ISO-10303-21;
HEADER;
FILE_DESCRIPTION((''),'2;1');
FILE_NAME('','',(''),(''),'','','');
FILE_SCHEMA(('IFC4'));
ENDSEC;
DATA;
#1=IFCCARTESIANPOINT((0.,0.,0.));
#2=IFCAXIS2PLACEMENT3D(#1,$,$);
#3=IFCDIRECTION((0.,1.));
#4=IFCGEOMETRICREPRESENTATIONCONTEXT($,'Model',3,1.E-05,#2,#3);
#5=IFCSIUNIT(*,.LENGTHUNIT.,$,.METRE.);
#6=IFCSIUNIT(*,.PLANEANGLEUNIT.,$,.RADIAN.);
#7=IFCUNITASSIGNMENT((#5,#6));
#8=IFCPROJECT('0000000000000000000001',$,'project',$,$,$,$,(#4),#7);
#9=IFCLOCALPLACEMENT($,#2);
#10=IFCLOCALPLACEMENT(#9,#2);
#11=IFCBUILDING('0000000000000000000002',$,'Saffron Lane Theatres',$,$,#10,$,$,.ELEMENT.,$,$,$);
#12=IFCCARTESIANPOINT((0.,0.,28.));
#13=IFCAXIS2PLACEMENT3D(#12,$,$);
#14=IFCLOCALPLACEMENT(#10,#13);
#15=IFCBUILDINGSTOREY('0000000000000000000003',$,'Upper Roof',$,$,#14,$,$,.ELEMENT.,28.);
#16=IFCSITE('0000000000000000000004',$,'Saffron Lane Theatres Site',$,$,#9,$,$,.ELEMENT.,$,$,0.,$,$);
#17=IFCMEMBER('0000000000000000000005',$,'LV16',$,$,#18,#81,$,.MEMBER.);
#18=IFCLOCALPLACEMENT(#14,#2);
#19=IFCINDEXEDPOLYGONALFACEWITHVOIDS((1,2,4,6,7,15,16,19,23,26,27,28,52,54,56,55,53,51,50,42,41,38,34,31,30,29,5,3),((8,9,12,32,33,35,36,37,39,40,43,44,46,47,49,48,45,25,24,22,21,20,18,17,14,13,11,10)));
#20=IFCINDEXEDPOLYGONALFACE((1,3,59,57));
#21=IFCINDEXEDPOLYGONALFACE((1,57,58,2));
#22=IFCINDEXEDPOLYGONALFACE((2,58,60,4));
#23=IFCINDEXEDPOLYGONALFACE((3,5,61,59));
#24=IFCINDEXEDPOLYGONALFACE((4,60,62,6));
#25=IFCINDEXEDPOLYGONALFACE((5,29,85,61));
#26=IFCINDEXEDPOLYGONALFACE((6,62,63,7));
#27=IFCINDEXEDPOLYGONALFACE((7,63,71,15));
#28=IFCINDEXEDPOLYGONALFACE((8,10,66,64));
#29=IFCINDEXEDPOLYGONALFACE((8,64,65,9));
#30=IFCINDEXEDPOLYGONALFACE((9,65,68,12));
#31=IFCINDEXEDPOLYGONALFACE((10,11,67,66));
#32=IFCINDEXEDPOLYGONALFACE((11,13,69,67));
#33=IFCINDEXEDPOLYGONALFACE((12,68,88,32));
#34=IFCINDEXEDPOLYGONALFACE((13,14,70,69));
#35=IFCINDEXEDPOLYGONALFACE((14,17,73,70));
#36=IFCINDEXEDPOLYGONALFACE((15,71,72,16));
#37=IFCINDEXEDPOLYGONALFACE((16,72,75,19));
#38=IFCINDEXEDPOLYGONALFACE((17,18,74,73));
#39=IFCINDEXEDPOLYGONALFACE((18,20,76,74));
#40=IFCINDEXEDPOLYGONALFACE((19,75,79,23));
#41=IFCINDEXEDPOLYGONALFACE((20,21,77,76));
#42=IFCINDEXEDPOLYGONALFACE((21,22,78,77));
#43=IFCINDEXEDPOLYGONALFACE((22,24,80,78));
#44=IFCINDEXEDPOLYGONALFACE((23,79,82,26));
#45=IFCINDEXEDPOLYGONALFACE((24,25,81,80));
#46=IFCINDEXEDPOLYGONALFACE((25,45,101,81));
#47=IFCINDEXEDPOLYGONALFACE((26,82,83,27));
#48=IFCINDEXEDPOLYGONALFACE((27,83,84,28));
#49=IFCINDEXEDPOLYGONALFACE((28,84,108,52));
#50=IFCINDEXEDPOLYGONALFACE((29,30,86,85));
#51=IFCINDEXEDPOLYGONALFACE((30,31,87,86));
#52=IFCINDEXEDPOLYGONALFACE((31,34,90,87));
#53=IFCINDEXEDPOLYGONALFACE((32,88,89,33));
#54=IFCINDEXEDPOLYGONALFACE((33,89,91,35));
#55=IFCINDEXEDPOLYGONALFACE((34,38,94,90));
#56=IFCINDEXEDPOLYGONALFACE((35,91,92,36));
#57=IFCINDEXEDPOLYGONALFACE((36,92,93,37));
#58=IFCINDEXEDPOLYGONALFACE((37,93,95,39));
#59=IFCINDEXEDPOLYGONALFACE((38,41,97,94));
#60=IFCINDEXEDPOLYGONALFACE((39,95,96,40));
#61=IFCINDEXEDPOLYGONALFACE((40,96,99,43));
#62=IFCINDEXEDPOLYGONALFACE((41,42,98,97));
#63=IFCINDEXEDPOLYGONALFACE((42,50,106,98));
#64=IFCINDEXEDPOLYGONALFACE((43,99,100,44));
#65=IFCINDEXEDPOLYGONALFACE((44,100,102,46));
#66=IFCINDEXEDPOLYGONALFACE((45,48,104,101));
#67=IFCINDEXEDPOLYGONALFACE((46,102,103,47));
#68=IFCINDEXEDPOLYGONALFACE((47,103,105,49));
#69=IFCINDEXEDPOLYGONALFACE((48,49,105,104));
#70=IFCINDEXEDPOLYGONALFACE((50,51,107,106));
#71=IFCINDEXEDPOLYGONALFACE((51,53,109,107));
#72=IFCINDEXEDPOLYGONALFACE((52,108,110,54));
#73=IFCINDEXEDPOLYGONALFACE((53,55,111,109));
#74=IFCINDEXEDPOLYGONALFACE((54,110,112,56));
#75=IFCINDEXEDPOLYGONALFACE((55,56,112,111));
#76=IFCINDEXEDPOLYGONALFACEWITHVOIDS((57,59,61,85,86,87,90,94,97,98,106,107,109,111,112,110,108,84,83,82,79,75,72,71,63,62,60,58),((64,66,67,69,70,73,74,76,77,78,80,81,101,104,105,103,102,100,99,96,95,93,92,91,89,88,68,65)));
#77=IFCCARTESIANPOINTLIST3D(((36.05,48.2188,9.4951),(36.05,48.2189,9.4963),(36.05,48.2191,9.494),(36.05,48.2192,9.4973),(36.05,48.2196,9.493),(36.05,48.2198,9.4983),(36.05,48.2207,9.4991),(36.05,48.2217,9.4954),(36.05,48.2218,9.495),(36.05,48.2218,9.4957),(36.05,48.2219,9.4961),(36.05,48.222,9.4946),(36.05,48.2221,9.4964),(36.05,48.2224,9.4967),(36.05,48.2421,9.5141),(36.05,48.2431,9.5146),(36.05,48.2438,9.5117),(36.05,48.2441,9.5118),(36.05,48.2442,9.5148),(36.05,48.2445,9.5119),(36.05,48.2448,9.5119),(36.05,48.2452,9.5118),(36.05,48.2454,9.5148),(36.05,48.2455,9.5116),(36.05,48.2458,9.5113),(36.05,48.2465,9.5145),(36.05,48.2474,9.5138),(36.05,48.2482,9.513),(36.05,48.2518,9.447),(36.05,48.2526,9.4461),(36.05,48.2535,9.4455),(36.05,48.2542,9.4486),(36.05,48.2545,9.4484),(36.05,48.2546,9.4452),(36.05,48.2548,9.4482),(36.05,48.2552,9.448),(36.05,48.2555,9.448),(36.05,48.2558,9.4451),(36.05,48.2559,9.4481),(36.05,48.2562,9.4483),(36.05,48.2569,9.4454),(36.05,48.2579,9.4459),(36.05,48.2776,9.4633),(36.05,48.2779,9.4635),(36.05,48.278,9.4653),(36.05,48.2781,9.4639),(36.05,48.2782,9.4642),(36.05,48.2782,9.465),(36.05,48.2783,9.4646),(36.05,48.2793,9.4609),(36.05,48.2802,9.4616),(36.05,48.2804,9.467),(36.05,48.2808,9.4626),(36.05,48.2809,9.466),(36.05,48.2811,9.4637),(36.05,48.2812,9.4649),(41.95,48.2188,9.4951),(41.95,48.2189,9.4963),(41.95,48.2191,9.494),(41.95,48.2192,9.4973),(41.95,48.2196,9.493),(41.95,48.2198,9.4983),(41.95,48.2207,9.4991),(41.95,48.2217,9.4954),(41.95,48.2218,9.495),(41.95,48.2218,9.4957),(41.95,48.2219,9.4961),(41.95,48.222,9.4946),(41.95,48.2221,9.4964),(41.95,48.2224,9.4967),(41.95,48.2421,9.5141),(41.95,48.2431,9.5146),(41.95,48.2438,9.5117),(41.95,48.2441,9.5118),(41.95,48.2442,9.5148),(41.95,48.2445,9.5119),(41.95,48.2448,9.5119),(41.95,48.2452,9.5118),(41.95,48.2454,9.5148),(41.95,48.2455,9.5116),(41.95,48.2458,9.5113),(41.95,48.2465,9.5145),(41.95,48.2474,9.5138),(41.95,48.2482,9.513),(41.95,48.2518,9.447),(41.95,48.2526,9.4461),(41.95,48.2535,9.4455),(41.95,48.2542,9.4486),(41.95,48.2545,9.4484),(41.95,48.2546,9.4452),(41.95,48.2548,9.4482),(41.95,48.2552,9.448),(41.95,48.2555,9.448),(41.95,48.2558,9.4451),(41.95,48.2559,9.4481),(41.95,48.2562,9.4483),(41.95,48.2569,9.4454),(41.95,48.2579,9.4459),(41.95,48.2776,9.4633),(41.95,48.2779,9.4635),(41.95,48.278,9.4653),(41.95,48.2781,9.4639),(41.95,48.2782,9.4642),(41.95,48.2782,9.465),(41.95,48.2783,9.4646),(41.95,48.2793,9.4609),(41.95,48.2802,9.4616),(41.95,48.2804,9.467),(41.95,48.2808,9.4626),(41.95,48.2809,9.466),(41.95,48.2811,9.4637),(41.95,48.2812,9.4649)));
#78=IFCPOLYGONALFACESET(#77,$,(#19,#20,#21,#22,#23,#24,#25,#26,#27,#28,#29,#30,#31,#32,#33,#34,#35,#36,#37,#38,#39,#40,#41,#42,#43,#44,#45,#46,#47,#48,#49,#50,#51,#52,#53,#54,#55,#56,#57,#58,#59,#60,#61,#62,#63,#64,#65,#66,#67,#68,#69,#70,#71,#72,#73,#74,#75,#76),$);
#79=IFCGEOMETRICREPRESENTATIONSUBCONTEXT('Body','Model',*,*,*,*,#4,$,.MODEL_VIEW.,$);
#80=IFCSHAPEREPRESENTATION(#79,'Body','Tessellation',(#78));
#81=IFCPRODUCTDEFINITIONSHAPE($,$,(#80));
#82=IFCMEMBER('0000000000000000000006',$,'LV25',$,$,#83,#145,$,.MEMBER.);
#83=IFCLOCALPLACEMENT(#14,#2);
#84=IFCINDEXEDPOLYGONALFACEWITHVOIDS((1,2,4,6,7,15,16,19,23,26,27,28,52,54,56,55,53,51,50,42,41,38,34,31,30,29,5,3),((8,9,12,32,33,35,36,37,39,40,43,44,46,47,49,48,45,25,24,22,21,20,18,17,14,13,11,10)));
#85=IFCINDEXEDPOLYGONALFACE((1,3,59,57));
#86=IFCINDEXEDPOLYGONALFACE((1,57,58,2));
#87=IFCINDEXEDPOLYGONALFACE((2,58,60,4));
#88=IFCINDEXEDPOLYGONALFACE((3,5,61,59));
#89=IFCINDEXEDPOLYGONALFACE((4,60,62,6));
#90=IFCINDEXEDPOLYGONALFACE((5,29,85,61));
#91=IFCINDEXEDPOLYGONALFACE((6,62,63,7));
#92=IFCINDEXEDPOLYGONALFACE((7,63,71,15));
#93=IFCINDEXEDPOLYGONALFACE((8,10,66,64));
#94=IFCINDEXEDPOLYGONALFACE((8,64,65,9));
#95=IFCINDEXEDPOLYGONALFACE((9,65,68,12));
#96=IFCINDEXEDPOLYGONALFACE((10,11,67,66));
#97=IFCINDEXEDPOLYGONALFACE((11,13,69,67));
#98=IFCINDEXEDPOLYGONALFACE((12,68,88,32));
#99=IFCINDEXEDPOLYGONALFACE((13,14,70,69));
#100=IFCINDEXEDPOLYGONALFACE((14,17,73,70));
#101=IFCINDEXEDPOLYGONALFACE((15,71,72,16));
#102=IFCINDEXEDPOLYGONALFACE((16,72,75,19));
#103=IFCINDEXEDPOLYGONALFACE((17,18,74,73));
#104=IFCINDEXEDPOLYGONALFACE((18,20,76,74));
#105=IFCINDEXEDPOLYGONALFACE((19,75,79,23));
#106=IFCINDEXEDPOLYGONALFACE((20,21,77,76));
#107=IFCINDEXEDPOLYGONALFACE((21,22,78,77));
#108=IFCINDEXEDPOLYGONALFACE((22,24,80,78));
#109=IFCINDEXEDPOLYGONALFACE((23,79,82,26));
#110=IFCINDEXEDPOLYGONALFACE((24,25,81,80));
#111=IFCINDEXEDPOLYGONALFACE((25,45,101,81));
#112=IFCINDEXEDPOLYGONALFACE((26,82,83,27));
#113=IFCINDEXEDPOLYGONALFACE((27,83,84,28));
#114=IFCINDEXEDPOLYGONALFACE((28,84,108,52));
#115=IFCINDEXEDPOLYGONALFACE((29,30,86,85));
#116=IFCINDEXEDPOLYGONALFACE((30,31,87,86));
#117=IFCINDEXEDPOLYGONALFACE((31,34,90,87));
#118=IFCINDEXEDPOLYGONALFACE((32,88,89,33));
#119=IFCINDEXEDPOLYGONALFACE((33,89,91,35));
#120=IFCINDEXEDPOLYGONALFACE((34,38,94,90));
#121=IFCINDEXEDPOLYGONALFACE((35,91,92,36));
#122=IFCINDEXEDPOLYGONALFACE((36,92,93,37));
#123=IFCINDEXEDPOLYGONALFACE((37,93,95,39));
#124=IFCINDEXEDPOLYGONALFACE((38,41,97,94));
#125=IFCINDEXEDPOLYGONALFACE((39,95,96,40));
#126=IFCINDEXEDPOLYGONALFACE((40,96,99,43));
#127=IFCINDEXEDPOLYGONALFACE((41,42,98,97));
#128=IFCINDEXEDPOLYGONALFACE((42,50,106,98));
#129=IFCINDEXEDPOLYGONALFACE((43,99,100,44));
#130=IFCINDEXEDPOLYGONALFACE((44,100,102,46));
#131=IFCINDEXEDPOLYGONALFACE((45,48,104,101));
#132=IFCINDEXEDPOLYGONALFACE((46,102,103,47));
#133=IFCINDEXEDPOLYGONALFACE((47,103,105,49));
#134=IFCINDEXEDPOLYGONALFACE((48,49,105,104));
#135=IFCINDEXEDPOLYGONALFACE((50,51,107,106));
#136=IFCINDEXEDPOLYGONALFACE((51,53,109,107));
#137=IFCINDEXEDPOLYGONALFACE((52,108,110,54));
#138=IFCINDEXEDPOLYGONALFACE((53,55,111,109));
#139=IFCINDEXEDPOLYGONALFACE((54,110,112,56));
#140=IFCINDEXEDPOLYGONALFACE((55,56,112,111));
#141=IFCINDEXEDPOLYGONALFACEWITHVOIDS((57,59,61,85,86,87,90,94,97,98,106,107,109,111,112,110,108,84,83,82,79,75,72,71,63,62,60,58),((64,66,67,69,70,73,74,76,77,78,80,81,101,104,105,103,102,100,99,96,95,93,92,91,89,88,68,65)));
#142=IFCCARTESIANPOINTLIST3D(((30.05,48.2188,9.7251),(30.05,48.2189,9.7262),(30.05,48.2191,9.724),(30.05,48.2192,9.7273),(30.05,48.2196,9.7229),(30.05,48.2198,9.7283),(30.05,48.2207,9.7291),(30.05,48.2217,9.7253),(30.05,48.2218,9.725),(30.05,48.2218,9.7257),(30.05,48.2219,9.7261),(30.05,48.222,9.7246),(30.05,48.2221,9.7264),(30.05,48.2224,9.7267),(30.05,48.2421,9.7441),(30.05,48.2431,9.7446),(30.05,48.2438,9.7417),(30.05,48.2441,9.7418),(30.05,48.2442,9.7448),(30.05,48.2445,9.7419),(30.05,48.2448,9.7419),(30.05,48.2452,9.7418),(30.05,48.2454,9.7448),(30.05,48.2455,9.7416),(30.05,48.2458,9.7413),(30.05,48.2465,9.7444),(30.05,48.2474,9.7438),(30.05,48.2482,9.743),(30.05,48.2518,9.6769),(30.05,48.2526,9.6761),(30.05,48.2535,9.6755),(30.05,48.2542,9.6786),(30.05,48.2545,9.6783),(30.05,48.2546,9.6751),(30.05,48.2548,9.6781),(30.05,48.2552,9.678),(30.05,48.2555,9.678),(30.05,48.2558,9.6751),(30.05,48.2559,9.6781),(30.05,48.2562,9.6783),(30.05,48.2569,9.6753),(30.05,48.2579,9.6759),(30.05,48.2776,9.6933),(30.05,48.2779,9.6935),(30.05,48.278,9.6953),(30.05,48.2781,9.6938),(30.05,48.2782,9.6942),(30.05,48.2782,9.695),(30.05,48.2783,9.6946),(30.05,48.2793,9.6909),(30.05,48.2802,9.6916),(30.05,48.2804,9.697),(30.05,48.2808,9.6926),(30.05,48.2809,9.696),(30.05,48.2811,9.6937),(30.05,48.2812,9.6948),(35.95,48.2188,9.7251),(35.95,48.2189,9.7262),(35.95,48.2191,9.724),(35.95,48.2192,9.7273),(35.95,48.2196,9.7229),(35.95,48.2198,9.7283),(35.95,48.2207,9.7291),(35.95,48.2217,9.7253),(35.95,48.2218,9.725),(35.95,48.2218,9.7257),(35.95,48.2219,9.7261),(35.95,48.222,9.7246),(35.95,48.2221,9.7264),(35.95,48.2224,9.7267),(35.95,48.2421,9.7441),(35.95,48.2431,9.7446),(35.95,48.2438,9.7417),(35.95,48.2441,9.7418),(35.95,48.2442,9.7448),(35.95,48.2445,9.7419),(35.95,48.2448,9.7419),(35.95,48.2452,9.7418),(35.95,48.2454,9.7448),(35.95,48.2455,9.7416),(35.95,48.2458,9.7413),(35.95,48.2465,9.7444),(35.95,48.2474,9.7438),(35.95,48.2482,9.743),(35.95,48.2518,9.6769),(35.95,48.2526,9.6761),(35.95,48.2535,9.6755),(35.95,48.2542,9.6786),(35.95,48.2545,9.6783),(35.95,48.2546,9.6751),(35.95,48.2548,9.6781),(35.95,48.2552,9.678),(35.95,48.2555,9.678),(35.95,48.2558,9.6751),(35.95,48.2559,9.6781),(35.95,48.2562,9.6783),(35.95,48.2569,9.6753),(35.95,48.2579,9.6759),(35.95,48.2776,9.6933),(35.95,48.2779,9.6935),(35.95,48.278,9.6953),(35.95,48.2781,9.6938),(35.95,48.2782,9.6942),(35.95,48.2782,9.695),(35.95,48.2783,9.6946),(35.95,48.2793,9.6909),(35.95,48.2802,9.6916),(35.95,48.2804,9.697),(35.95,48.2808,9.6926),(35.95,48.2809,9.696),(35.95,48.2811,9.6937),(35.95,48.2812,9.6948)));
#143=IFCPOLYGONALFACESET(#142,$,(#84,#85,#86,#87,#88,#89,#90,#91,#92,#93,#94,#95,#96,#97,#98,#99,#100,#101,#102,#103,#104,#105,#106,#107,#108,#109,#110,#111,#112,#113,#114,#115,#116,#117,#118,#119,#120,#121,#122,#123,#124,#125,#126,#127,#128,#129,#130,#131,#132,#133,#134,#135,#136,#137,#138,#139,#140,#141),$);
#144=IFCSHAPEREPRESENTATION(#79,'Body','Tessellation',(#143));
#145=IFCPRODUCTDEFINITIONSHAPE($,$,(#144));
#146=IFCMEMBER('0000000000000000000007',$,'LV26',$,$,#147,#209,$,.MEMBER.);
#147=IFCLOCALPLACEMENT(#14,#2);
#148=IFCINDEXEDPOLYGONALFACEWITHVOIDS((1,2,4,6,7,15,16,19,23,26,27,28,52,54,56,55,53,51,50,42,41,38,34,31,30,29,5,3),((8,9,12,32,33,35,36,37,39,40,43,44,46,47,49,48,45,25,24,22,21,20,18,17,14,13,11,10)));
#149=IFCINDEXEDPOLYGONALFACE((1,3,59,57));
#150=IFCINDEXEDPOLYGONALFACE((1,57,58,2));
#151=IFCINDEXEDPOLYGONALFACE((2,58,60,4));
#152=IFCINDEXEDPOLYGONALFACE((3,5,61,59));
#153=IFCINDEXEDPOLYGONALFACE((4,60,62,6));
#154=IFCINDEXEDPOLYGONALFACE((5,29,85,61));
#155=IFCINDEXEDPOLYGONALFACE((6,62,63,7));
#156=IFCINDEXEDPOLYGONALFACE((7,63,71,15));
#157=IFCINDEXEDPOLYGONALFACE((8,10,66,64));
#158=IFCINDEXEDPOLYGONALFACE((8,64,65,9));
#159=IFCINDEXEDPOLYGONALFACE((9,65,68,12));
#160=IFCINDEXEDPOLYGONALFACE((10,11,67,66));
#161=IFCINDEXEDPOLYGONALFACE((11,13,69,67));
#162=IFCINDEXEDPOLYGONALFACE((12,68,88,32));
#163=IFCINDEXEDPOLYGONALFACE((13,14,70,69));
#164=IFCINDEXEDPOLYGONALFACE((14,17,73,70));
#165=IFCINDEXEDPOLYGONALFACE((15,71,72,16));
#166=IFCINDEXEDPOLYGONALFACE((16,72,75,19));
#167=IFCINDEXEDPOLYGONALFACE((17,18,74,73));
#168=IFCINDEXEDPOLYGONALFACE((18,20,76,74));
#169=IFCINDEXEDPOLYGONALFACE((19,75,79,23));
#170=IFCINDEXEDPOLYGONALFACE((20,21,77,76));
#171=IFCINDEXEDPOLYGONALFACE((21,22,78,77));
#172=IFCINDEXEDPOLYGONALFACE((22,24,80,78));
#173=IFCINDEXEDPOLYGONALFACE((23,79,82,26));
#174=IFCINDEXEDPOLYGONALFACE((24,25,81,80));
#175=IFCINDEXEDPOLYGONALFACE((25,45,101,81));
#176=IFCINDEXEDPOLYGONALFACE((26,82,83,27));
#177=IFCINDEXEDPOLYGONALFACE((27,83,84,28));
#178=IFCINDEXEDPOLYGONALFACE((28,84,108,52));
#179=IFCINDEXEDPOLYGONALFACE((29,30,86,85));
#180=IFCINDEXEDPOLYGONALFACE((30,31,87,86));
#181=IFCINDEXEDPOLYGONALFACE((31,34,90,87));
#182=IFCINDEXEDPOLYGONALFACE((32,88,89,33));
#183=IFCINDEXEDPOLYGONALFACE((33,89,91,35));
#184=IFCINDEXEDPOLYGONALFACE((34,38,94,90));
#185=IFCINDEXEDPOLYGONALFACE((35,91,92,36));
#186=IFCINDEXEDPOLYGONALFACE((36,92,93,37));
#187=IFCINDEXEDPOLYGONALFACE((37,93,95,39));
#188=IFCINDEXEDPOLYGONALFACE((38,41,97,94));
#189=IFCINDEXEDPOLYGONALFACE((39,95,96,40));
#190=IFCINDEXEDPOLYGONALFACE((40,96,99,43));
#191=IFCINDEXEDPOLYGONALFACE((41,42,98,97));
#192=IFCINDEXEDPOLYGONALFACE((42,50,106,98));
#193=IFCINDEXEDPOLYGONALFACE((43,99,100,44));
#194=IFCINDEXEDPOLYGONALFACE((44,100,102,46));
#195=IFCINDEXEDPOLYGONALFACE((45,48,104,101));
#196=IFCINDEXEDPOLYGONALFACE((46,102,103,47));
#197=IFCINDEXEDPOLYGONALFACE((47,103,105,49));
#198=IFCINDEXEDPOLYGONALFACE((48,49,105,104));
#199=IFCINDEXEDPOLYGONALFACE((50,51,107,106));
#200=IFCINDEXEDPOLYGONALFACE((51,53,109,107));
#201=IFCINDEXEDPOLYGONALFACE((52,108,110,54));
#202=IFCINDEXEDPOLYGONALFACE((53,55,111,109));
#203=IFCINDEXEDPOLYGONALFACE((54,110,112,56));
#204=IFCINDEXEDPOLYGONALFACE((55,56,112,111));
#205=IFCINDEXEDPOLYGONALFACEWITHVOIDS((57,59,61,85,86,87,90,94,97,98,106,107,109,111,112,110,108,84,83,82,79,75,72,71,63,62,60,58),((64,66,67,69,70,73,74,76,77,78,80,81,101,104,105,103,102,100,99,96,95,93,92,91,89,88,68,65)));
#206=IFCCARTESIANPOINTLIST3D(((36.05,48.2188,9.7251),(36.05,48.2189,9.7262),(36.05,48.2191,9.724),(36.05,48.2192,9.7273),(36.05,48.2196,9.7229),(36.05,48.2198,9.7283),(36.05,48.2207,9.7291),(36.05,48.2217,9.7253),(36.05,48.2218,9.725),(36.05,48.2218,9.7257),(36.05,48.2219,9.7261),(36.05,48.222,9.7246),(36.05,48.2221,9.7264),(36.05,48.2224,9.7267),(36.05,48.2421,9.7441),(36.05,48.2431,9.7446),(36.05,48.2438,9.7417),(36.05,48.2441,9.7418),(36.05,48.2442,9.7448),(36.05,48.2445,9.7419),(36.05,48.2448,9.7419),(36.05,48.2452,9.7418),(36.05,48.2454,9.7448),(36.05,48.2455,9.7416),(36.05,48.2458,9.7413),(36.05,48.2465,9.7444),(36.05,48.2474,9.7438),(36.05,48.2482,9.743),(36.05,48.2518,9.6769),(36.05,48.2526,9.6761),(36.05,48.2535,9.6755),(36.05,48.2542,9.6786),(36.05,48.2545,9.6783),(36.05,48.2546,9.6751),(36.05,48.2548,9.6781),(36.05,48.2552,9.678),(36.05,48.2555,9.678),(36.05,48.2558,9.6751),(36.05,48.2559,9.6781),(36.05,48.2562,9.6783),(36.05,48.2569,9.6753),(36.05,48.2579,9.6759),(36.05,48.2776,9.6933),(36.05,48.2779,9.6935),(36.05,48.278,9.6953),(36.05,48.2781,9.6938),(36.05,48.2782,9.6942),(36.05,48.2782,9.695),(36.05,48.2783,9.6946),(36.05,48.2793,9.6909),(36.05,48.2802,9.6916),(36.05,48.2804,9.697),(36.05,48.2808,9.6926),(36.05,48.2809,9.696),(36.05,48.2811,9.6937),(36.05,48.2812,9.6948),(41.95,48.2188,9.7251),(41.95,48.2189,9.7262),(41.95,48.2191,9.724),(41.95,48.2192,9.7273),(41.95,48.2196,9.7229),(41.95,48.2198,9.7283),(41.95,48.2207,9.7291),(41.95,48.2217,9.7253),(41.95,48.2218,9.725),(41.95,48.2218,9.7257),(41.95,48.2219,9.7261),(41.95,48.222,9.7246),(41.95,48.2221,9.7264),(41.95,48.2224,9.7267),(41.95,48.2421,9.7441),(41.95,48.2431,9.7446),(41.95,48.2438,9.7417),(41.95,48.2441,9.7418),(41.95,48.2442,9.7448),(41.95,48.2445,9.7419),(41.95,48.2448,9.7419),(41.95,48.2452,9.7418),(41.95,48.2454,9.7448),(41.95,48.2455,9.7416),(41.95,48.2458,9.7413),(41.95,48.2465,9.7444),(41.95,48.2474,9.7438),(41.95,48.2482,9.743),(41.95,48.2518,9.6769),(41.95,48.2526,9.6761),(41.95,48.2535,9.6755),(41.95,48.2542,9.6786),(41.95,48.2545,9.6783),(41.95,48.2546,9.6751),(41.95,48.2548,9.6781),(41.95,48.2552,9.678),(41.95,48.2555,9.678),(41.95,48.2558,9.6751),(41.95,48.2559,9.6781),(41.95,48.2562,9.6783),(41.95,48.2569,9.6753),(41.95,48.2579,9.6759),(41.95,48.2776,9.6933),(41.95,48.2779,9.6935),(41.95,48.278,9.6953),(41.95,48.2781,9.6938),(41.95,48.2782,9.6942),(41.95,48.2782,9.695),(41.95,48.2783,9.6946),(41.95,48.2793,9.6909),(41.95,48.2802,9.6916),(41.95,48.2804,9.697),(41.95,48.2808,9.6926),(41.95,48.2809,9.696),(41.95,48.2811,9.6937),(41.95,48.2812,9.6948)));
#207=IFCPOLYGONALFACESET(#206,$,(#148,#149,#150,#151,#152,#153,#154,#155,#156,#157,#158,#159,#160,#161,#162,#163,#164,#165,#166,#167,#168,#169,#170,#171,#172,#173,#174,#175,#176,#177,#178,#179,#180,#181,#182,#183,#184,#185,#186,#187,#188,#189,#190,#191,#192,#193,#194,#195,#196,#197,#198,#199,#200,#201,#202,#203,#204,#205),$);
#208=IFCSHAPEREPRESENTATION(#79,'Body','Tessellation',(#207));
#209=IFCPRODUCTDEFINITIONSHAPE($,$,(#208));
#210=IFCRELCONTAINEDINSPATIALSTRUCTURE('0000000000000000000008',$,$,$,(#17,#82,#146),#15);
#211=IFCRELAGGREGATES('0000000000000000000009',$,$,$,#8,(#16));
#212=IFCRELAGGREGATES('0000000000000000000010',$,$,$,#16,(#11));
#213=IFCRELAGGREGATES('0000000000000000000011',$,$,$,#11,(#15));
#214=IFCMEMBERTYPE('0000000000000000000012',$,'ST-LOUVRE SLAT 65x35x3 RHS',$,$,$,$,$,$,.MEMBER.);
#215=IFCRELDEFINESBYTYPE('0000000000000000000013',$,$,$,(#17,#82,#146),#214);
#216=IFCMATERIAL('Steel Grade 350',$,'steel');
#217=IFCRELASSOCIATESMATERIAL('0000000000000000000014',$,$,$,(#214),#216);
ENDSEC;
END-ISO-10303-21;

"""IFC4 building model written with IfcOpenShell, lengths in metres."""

from ifc_helpers import new_model, si_unit, direction, frame, origin, origin_2d, place, context, subcontext, project, spatial, hollow_rectangle, extrude, material, material_profile, profile_set, type_object, element, save


model = new_model("IFC4")

# Units and contexts
model_context = context("Model", 3, precision=1e-05, world=origin(), true_north=direction((0.0, 1.0)))
body_context = subcontext(model_context, "Body", "Model", "MODEL_VIEW")
ifc_project = project(units=[si_unit("LENGTHUNIT", "METRE"), si_unit("PLANEANGLEUNIT", "RADIAN")], contexts=[model_context])

# Site, building, storey
site_placement = place(None, origin())
site = spatial("IfcSite", under=ifc_project, at=site_placement, Name="Saffron Lane Theatres Site", CompositionType="ELEMENT", RefElevation=0.0)
building_placement = place(site_placement, origin())
building = spatial("IfcBuilding", under=site, at=building_placement, Name="Saffron Lane Theatres", CompositionType="ELEMENT")
storey_placement = place(building_placement, frame((0.0, 0.0, 28.0)))
storey = spatial("IfcBuildingStorey", under=building, at=storey_placement, Name="Upper Roof", CompositionType="ELEMENT", Elevation=28.0)

# Members
ifc_material_1 = material(Name="Steel Grade 350", Category="steel")
ifc_material_profile_1 = material_profile(ifc_material_1, hollow_rectangle(XDim=0.0349, YDim=0.0649, WallThickness=0.0029, InnerFilletRadius=0.0015, OuterFilletRadius=0.0044, at=origin_2d()))
ifc_profile_set_1 = profile_set([ifc_material_profile_1], Name="Steel Grade 350")
member_type_1 = type_object("IfcMemberType", Name="ST-LOUVRE SLAT 65x35x3 RHS", PredefinedType="MEMBER", material=ifc_profile_set_1)
for number, where, z_axis, x_axis, name in (
    (1, (36.05, 48.25, 9.48), (1.0, 0.0, 0.0), (0.0, 0.819152, 0.573576), "LV16"),
    (2, (30.05, 48.25, 9.71), (1.0, 0.0, 0.0), (0.0, 0.819152, 0.573576), "LV25"),
    (3, (36.05, 48.25, 9.71), (1.0, 0.0, 0.0), (0.0, 0.819152, 0.573576), "LV26"),
):
    element("IfcMember", number, at=place(storey_placement, frame(where, z_axis=z_axis, x_axis=x_axis)), inside=storey, type_object=member_type_1, Name=name, PredefinedType="MEMBER", context=body_context, shape_type="SweptSolid", body=[
        extrude(hollow_rectangle(XDim=0.0349, YDim=0.0649, WallThickness=0.0029, InnerFilletRadius=0.0015, OuterFilletRadius=0.0044, at=origin_2d()), origin(), (0.0, 0.0, 1.0), 5.8999),
    ])

save(model, "model.ifc")
